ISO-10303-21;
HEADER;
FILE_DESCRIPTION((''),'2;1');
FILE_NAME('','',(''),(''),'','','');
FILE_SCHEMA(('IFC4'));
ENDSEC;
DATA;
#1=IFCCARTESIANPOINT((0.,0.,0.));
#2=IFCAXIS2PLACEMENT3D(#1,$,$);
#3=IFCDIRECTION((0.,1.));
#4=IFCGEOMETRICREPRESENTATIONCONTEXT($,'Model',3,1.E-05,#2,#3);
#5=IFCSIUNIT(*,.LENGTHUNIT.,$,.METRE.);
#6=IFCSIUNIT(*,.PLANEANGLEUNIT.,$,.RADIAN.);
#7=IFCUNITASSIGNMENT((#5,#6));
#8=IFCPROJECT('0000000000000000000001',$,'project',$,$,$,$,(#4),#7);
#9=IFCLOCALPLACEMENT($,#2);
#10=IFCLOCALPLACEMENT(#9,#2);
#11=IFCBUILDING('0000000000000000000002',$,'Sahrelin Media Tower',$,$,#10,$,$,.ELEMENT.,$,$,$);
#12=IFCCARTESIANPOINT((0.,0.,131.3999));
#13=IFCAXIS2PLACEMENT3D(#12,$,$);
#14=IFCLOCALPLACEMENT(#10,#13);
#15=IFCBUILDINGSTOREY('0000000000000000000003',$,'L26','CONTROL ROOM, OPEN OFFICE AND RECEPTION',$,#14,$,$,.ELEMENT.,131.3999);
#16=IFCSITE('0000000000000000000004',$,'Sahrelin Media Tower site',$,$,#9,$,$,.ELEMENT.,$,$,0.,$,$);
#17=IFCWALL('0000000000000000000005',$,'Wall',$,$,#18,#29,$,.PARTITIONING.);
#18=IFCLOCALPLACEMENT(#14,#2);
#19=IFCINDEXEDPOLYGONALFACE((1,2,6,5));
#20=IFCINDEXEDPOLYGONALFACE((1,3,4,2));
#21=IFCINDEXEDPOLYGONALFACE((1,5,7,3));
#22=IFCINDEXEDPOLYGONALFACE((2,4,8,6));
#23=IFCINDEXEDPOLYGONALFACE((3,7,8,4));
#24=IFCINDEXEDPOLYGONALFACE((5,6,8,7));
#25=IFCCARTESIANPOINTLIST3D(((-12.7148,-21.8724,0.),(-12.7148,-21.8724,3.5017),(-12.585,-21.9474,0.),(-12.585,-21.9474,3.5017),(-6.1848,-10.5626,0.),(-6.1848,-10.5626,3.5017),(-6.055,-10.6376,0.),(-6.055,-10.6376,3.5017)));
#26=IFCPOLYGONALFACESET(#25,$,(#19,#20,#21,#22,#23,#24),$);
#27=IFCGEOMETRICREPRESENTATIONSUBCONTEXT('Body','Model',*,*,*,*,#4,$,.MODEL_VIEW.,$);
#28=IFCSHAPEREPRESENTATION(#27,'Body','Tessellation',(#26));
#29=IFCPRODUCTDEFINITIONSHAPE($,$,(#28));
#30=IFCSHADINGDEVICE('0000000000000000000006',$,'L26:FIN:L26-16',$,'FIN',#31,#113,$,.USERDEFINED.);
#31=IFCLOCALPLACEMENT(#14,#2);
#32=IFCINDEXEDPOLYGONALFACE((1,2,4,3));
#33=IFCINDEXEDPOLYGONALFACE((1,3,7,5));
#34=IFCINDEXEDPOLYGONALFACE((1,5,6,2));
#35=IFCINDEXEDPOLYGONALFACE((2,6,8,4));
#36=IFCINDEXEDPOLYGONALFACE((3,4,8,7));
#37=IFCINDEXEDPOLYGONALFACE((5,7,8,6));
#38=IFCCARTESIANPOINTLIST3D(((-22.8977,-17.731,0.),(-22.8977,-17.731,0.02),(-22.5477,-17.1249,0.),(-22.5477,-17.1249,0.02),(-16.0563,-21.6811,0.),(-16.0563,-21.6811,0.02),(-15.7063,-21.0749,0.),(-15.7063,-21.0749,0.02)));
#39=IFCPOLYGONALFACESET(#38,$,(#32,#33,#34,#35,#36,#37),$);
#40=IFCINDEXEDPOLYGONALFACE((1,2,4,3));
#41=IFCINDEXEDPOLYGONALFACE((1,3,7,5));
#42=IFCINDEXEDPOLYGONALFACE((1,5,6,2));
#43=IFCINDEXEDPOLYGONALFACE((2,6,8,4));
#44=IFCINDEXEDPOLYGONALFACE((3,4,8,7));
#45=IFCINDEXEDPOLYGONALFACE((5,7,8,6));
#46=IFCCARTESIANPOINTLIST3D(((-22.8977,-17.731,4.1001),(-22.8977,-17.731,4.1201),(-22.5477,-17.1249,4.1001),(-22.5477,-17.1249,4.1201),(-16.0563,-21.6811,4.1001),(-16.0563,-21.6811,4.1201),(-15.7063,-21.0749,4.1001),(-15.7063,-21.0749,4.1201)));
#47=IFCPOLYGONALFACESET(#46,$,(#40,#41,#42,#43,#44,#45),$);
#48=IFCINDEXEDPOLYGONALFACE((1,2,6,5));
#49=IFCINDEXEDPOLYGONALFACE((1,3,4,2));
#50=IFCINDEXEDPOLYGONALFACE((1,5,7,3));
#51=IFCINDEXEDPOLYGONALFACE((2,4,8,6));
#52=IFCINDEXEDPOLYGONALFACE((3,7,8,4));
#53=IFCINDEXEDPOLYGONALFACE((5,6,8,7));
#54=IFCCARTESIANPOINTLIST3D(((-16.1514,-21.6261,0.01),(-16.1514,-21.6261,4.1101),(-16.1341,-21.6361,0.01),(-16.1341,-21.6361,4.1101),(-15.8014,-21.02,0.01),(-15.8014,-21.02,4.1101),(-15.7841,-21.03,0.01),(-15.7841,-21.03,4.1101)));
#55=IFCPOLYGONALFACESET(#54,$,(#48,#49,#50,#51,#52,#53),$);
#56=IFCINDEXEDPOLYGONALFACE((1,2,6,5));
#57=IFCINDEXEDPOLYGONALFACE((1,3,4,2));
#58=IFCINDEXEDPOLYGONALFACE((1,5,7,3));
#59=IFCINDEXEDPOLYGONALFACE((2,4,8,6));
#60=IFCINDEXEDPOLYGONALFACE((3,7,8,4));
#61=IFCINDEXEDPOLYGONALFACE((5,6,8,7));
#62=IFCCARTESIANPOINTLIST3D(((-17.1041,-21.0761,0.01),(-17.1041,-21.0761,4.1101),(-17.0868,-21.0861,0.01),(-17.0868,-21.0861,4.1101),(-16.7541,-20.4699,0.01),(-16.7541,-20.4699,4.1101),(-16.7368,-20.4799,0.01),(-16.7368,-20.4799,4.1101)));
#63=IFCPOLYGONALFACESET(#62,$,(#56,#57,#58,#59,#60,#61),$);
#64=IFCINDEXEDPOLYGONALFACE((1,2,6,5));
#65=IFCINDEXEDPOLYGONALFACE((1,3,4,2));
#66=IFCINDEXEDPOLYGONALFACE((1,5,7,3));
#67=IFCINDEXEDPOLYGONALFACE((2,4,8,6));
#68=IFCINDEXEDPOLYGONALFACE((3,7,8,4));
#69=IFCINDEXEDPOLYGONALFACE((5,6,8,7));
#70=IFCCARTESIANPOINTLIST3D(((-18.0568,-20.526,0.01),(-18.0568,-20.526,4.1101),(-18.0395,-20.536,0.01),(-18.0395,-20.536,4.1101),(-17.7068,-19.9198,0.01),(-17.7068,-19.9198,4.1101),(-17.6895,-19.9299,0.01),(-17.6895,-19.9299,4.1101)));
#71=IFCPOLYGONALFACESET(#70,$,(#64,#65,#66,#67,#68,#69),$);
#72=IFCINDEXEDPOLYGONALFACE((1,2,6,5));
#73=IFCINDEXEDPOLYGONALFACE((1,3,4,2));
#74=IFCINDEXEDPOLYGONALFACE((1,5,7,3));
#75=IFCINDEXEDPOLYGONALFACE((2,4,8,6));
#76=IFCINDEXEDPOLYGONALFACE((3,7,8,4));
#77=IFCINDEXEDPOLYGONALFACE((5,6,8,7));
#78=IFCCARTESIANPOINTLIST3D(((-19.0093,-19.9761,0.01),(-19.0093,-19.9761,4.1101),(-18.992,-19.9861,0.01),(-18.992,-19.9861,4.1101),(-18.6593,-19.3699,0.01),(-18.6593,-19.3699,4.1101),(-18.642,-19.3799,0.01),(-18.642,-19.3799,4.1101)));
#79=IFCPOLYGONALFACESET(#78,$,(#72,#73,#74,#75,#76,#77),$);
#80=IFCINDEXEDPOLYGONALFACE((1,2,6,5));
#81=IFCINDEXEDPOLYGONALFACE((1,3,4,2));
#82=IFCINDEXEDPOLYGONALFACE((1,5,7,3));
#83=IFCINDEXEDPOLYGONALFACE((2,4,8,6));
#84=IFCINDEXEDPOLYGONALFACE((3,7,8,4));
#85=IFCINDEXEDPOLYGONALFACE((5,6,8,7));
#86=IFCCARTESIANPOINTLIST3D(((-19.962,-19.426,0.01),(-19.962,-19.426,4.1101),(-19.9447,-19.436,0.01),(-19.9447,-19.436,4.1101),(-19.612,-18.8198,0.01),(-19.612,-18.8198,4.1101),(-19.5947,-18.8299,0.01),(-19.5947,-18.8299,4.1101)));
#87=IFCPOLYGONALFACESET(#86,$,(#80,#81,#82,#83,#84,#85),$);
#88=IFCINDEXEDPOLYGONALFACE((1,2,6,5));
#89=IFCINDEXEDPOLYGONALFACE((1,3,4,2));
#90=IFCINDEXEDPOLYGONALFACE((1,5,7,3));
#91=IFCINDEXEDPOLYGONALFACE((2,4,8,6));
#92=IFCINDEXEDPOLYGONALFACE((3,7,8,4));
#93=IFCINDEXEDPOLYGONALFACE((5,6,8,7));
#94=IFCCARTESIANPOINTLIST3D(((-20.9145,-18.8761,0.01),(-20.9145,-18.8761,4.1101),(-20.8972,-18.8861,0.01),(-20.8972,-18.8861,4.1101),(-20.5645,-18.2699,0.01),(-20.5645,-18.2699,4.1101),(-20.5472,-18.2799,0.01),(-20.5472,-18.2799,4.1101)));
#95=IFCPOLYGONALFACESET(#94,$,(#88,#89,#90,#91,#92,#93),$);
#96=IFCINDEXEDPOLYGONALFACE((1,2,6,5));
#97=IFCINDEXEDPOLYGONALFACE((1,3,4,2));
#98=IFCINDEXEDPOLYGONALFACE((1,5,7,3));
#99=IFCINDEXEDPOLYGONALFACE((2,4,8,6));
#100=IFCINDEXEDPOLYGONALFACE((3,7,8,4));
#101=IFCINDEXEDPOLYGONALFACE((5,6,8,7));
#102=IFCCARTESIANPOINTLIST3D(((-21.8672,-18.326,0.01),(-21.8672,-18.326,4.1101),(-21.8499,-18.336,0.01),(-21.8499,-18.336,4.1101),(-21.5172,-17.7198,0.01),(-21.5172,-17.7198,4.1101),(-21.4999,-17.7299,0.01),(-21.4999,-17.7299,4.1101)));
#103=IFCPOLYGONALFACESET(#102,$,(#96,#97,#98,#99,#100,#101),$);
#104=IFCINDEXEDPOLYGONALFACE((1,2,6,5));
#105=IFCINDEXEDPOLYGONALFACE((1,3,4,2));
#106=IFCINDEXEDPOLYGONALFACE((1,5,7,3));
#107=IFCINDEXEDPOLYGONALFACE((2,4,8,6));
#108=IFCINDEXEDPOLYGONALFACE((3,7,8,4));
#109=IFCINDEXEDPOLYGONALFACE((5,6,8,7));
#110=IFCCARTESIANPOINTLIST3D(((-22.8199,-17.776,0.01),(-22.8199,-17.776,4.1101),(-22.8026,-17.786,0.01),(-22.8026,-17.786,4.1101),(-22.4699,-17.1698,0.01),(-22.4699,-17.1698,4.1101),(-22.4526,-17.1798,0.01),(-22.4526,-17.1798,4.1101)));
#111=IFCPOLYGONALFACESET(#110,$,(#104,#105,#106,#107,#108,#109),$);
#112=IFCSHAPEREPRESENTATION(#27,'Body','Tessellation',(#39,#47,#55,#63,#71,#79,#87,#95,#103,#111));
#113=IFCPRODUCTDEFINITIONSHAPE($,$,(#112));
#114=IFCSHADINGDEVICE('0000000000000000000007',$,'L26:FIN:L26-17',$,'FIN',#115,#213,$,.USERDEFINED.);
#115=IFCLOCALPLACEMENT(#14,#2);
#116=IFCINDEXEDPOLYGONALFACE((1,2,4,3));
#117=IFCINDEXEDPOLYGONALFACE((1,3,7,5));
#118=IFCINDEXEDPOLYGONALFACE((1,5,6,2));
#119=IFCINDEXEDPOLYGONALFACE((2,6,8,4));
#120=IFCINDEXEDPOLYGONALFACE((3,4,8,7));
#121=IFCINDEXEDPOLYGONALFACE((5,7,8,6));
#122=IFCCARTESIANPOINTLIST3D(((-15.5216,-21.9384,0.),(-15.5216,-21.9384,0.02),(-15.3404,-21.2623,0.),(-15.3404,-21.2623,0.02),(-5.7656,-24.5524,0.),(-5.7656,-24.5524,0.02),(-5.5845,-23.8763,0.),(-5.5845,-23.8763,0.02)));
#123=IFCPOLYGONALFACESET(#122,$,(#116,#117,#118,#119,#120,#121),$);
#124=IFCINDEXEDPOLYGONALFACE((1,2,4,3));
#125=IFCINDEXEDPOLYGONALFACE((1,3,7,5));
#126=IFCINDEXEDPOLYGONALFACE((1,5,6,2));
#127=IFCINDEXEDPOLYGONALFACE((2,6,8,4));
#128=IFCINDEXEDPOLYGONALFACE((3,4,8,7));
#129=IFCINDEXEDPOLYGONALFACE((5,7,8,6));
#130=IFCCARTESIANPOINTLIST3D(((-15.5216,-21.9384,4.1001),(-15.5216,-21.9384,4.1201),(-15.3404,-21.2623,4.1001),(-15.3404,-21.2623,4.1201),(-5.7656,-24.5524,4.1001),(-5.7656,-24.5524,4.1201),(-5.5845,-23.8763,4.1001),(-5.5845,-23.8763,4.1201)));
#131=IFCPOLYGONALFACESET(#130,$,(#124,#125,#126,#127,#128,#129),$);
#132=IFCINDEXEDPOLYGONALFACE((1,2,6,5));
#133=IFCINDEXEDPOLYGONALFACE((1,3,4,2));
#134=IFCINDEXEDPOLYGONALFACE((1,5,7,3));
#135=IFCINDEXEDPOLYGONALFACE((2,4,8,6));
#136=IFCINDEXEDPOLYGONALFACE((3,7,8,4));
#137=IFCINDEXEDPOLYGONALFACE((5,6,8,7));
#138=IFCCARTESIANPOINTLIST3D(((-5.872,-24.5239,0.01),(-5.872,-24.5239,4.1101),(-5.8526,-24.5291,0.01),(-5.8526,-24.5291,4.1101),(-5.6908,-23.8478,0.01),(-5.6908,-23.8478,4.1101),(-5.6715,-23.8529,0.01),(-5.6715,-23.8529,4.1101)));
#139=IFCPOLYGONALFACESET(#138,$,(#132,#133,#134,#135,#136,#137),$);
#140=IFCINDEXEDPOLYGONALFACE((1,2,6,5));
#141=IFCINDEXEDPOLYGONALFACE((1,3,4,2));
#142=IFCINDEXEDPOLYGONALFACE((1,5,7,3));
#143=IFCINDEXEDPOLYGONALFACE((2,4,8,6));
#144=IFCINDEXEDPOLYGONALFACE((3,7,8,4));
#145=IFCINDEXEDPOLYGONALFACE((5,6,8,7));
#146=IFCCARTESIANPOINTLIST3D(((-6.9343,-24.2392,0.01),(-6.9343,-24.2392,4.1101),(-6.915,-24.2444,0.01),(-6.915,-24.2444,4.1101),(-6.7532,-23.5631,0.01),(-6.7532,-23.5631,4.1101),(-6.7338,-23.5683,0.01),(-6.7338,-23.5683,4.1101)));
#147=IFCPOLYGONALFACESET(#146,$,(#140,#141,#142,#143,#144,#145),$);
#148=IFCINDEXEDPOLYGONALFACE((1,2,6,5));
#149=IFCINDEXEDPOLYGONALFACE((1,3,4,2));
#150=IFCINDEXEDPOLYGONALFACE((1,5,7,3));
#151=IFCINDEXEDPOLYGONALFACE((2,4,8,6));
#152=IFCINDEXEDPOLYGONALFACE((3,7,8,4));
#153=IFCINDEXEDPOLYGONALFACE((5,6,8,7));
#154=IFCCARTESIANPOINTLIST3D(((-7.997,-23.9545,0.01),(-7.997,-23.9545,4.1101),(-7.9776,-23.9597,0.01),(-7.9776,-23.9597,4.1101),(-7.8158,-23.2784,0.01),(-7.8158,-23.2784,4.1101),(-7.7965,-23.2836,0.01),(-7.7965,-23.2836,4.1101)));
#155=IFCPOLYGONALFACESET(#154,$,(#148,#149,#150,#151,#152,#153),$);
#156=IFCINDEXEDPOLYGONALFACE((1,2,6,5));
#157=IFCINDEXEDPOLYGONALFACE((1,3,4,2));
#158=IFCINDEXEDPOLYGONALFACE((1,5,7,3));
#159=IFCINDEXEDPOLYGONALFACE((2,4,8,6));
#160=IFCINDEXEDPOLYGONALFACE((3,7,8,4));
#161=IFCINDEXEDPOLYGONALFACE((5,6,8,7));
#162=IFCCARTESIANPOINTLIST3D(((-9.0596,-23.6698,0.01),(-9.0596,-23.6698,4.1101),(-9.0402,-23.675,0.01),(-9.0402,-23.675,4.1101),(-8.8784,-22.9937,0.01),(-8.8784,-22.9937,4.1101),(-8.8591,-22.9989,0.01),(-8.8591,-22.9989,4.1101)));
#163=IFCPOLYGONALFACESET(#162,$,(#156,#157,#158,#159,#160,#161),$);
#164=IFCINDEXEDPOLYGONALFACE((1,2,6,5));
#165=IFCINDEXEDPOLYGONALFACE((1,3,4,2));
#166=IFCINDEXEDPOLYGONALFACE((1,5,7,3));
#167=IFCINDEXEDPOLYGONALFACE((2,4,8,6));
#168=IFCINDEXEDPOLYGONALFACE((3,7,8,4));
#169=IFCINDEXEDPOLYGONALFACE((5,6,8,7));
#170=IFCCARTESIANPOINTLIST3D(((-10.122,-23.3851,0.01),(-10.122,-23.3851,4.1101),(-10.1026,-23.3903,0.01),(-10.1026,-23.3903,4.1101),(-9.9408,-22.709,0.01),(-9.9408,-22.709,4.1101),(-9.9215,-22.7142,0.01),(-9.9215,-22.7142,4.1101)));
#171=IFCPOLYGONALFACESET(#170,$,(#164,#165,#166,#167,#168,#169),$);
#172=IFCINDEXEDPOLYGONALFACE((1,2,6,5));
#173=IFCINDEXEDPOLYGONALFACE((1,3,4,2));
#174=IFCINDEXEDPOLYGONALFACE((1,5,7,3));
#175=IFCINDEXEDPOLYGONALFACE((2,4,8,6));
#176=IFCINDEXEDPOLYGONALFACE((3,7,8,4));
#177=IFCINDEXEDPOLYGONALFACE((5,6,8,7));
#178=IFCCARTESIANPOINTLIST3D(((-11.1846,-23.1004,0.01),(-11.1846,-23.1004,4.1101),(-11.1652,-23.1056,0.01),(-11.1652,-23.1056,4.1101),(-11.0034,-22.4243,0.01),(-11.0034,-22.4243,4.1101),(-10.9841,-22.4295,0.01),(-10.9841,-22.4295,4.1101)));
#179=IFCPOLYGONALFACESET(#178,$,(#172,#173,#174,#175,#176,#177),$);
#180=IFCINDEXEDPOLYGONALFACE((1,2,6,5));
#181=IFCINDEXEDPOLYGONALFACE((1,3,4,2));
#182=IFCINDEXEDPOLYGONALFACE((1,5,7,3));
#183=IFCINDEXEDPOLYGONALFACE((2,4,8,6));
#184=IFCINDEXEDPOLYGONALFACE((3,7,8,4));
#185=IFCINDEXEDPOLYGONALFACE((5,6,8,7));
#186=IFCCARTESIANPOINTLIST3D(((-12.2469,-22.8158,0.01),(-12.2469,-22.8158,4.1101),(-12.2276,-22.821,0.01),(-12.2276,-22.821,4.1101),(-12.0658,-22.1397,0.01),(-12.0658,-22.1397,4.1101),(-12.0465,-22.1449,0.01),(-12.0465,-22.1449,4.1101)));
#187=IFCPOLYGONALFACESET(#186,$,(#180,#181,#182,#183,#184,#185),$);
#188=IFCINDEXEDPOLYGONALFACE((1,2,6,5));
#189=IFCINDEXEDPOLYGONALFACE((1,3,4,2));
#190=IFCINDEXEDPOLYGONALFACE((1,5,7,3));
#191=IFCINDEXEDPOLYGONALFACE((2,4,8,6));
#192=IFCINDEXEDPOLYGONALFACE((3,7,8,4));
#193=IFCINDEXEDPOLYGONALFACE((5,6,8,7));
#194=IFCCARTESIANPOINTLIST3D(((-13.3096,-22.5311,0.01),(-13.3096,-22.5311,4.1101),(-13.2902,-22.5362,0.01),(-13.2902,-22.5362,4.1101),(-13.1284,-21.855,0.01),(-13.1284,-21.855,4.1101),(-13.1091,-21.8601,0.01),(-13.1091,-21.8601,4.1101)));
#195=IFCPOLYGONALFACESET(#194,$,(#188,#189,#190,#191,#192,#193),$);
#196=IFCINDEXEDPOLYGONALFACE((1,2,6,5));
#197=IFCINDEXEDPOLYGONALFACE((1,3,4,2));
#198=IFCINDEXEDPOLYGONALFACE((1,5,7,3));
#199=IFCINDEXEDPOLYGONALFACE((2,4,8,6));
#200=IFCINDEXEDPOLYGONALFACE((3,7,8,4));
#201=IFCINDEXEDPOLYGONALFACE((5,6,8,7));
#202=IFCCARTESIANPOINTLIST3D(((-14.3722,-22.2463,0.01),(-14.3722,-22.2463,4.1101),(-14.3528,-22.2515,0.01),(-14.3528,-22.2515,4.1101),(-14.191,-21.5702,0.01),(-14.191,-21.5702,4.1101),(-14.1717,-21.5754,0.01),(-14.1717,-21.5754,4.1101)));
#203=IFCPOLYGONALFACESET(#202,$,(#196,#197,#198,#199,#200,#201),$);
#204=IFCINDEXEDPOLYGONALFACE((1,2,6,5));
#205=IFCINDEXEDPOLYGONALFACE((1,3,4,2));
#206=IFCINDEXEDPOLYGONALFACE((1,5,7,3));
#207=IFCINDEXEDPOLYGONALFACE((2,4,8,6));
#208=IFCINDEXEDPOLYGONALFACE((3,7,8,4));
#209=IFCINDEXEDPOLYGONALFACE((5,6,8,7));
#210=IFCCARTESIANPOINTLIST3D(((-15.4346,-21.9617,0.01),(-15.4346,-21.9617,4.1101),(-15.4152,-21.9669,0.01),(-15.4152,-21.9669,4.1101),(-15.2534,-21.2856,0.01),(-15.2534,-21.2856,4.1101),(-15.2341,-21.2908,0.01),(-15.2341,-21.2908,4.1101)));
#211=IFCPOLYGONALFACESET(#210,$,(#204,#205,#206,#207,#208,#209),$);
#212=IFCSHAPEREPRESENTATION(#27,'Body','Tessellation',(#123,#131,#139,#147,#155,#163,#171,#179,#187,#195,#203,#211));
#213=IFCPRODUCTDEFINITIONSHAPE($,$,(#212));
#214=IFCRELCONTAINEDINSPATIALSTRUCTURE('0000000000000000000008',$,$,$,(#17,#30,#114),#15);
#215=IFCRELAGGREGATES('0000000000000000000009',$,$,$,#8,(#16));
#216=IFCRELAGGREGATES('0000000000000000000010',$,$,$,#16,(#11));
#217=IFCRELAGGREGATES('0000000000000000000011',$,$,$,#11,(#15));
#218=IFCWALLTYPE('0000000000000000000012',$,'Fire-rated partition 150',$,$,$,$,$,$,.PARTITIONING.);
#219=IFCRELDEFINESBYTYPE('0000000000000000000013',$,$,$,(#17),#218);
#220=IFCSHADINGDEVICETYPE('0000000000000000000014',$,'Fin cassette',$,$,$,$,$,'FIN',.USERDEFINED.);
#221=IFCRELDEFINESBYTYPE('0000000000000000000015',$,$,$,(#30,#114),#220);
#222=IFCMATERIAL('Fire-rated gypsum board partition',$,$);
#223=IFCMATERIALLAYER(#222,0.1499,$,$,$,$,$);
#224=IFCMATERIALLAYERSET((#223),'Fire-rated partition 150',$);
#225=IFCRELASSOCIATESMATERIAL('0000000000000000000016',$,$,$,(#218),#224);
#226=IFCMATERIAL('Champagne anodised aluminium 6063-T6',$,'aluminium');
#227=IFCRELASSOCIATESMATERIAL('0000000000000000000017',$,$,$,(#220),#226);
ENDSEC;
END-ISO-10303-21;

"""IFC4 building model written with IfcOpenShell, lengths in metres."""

from ifc_helpers import new_model, si_unit, direction, frame, frame_2d, origin, origin_2d, place, context, subcontext, project, spatial, rectangle, extrude, material, layer, layer_set, type_object, element, save


model = new_model("IFC4")

# Units and contexts
model_context = context("Model", 3, precision=1e-05, world=origin(), true_north=direction((0.0, 1.0)))
body_context = subcontext(model_context, "Body", "Model", "MODEL_VIEW")
ifc_project = project(units=[si_unit("LENGTHUNIT", "METRE"), si_unit("PLANEANGLEUNIT", "RADIAN")], contexts=[model_context])

# Site, building, storey
site_placement = place(None, origin())
site = spatial("IfcSite", under=ifc_project, at=site_placement, Name="Sahrelin Media Tower site", CompositionType="ELEMENT", RefElevation=0.0)
building_placement = place(site_placement, origin())
building = spatial("IfcBuilding", under=site, at=building_placement, Name="Sahrelin Media Tower", CompositionType="ELEMENT")
storey_placement = place(building_placement, frame((0.0, 0.0, 131.3999)))
storey = spatial("IfcBuildingStorey", under=building, at=storey_placement, Name="L26", Description="CONTROL ROOM, OPEN OFFICE AND RECEPTION", CompositionType="ELEMENT", Elevation=131.3999)

# Shared definitions
ifc_material_1 = material(Name="Champagne anodised aluminium 6063-T6", Category="aluminium")

# Wall
ifc_material_2 = material(Name="Fire-rated gypsum board partition")
ifc_layer_1 = layer(ifc_material_2, 0.1499)
ifc_layer_set_1 = layer_set([ifc_layer_1], Name="Fire-rated partition 150")
wall_type = type_object("IfcWallType", Name="Fire-rated partition 150", PredefinedType="PARTITIONING", material=ifc_layer_set_1)
wall_placement = place(storey_placement, frame((-12.6499, -21.9099, 0.0), z_axis=(0.0, 0.0, 1.0), x_axis=(0.500018, 0.866015, 0.0)))
element("IfcWall", 1, at=wall_placement, inside=storey, type_object=wall_type, Name="Wall", PredefinedType="PARTITIONING", context=body_context, shape_type="SweptSolid", body=[
    extrude(rectangle(XDim=13.0596, YDim=0.1499, at=frame_2d((6.5298, 0.0))), origin(), (0.0, 0.0, 1.0), 3.5017),
])

# Shading devices
shading_device_type_1 = type_object("IfcShadingDeviceType", Name="Fin cassette", ElementType="FIN", PredefinedType="USERDEFINED", material=ifc_material_1)
shading_device_1_placement = place(storey_placement, frame((-19.092, -19.0393, 0.0), z_axis=(0.0, 0.0, 1.0), x_axis=(-0.866019, 0.500011, 0.0)))
element("IfcShadingDevice", 2, at=shading_device_1_placement, inside=storey, type_object=shading_device_type_1, Name="L26:FIN:L26-16", ObjectType="FIN", PredefinedType="USERDEFINED", context=body_context, shape_type="SweptSolid", body=[
    extrude(rectangle(XDim=7.8999, YDim=0.7, at=origin_2d()), frame((0.0, 0.4199, 0.0)), (0.0, 0.0, 1.0), 0.02),
    extrude(rectangle(XDim=7.8999, YDim=0.7, at=origin_2d()), frame((0.0, 0.4199, 4.1001)), (0.0, 0.0, 1.0), 0.02),
    extrude(rectangle(XDim=0.02, YDim=0.7, at=origin_2d()), frame((-3.8501, 0.4199, 0.01), z_axis=(0.0, 0.0, 1.0), x_axis=(1.0, 0.0, 0.0)), (0.0, 0.0, 1.0), 4.1001),
    extrude(rectangle(XDim=0.02, YDim=0.7, at=origin_2d()), frame((-2.75, 0.4199, 0.01), z_axis=(0.0, 0.0, 1.0), x_axis=(1.0, 0.0, 0.0)), (0.0, 0.0, 1.0), 4.1001),
    extrude(rectangle(XDim=0.02, YDim=0.7, at=origin_2d()), frame((-1.6499, 0.4199, 0.01), z_axis=(0.0, 0.0, 1.0), x_axis=(1.0, 0.0, 0.0)), (0.0, 0.0, 1.0), 4.1001),
    extrude(rectangle(XDim=0.02, YDim=0.7, at=origin_2d()), frame((-0.55, 0.4199, 0.01), z_axis=(0.0, 0.0, 1.0), x_axis=(1.0, 0.0, 0.0)), (0.0, 0.0, 1.0), 4.1001),
    extrude(rectangle(XDim=0.02, YDim=0.7, at=origin_2d()), frame((0.55, 0.4199, 0.01), z_axis=(0.0, 0.0, 1.0), x_axis=(1.0, 0.0, 0.0)), (0.0, 0.0, 1.0), 4.1001),
    extrude(rectangle(XDim=0.02, YDim=0.7, at=origin_2d()), frame((1.6499, 0.4199, 0.01), z_axis=(0.0, 0.0, 1.0), x_axis=(1.0, 0.0, 0.0)), (0.0, 0.0, 1.0), 4.1001),
    extrude(rectangle(XDim=0.02, YDim=0.7, at=origin_2d()), frame((2.75, 0.4199, 0.01), z_axis=(0.0, 0.0, 1.0), x_axis=(1.0, 0.0, 0.0)), (0.0, 0.0, 1.0), 4.1001),
    extrude(rectangle(XDim=0.02, YDim=0.7, at=origin_2d()), frame((3.8501, 0.4199, 0.01), z_axis=(0.0, 0.0, 1.0), x_axis=(1.0, 0.0, 0.0)), (0.0, 0.0, 1.0), 4.1001),
])
placement = place(storey_placement, frame((-10.4443, -22.5017, 0.0), z_axis=(0.0, 0.0, 1.0), x_axis=(-0.965929, 0.258808, 0.0)))
element("IfcShadingDevice", 3, at=placement, inside=storey, type_object=shading_device_type_1, Name="L26:FIN:L26-17", ObjectType="FIN", PredefinedType="USERDEFINED", context=body_context, shape_type="SweptSolid", body=[
    extrude(rectangle(XDim=10.1001, YDim=0.7, at=origin_2d()), frame((0.0, 0.4199, 0.0)), (0.0, 0.0, 1.0), 0.02),
    extrude(rectangle(XDim=10.1001, YDim=0.7, at=origin_2d()), frame((0.0, 0.4199, 4.1001)), (0.0, 0.0, 1.0), 0.02),
    extrude(rectangle(XDim=0.02, YDim=0.7, at=origin_2d()), frame((-4.95, 0.4199, 0.01), z_axis=(0.0, 0.0, 1.0), x_axis=(1.0, 0.0, 0.0)), (0.0, 0.0, 1.0), 4.1001),
    extrude(rectangle(XDim=0.02, YDim=0.7, at=origin_2d()), frame((-3.8501, 0.4199, 0.01), z_axis=(0.0, 0.0, 1.0), x_axis=(1.0, 0.0, 0.0)), (0.0, 0.0, 1.0), 4.1001),
    extrude(rectangle(XDim=0.02, YDim=0.7, at=origin_2d()), frame((-2.75, 0.4199, 0.01), z_axis=(0.0, 0.0, 1.0), x_axis=(1.0, 0.0, 0.0)), (0.0, 0.0, 1.0), 4.1001),
    extrude(rectangle(XDim=0.02, YDim=0.7, at=origin_2d()), frame((-1.6499, 0.4199, 0.01), z_axis=(0.0, 0.0, 1.0), x_axis=(1.0, 0.0, 0.0)), (0.0, 0.0, 1.0), 4.1001),
    extrude(rectangle(XDim=0.02, YDim=0.7, at=origin_2d()), frame((-0.55, 0.4199, 0.01), z_axis=(0.0, 0.0, 1.0), x_axis=(1.0, 0.0, 0.0)), (0.0, 0.0, 1.0), 4.1001),
    extrude(rectangle(XDim=0.02, YDim=0.7, at=origin_2d()), frame((0.55, 0.4199, 0.01), z_axis=(0.0, 0.0, 1.0), x_axis=(1.0, 0.0, 0.0)), (0.0, 0.0, 1.0), 4.1001),
    extrude(rectangle(XDim=0.02, YDim=0.7, at=origin_2d()), frame((1.6499, 0.4199, 0.01), z_axis=(0.0, 0.0, 1.0), x_axis=(1.0, 0.0, 0.0)), (0.0, 0.0, 1.0), 4.1001),
    extrude(rectangle(XDim=0.02, YDim=0.7, at=origin_2d()), frame((2.75, 0.4199, 0.01), z_axis=(0.0, 0.0, 1.0), x_axis=(1.0, 0.0, 0.0)), (0.0, 0.0, 1.0), 4.1001),
    extrude(rectangle(XDim=0.02, YDim=0.7, at=origin_2d()), frame((3.8501, 0.4199, 0.01), z_axis=(0.0, 0.0, 1.0), x_axis=(1.0, 0.0, 0.0)), (0.0, 0.0, 1.0), 4.1001),
    extrude(rectangle(XDim=0.02, YDim=0.7, at=origin_2d()), frame((4.95, 0.4199, 0.01), z_axis=(0.0, 0.0, 1.0), x_axis=(1.0, 0.0, 0.0)), (0.0, 0.0, 1.0), 4.1001),
])

save(model, "model.ifc")
